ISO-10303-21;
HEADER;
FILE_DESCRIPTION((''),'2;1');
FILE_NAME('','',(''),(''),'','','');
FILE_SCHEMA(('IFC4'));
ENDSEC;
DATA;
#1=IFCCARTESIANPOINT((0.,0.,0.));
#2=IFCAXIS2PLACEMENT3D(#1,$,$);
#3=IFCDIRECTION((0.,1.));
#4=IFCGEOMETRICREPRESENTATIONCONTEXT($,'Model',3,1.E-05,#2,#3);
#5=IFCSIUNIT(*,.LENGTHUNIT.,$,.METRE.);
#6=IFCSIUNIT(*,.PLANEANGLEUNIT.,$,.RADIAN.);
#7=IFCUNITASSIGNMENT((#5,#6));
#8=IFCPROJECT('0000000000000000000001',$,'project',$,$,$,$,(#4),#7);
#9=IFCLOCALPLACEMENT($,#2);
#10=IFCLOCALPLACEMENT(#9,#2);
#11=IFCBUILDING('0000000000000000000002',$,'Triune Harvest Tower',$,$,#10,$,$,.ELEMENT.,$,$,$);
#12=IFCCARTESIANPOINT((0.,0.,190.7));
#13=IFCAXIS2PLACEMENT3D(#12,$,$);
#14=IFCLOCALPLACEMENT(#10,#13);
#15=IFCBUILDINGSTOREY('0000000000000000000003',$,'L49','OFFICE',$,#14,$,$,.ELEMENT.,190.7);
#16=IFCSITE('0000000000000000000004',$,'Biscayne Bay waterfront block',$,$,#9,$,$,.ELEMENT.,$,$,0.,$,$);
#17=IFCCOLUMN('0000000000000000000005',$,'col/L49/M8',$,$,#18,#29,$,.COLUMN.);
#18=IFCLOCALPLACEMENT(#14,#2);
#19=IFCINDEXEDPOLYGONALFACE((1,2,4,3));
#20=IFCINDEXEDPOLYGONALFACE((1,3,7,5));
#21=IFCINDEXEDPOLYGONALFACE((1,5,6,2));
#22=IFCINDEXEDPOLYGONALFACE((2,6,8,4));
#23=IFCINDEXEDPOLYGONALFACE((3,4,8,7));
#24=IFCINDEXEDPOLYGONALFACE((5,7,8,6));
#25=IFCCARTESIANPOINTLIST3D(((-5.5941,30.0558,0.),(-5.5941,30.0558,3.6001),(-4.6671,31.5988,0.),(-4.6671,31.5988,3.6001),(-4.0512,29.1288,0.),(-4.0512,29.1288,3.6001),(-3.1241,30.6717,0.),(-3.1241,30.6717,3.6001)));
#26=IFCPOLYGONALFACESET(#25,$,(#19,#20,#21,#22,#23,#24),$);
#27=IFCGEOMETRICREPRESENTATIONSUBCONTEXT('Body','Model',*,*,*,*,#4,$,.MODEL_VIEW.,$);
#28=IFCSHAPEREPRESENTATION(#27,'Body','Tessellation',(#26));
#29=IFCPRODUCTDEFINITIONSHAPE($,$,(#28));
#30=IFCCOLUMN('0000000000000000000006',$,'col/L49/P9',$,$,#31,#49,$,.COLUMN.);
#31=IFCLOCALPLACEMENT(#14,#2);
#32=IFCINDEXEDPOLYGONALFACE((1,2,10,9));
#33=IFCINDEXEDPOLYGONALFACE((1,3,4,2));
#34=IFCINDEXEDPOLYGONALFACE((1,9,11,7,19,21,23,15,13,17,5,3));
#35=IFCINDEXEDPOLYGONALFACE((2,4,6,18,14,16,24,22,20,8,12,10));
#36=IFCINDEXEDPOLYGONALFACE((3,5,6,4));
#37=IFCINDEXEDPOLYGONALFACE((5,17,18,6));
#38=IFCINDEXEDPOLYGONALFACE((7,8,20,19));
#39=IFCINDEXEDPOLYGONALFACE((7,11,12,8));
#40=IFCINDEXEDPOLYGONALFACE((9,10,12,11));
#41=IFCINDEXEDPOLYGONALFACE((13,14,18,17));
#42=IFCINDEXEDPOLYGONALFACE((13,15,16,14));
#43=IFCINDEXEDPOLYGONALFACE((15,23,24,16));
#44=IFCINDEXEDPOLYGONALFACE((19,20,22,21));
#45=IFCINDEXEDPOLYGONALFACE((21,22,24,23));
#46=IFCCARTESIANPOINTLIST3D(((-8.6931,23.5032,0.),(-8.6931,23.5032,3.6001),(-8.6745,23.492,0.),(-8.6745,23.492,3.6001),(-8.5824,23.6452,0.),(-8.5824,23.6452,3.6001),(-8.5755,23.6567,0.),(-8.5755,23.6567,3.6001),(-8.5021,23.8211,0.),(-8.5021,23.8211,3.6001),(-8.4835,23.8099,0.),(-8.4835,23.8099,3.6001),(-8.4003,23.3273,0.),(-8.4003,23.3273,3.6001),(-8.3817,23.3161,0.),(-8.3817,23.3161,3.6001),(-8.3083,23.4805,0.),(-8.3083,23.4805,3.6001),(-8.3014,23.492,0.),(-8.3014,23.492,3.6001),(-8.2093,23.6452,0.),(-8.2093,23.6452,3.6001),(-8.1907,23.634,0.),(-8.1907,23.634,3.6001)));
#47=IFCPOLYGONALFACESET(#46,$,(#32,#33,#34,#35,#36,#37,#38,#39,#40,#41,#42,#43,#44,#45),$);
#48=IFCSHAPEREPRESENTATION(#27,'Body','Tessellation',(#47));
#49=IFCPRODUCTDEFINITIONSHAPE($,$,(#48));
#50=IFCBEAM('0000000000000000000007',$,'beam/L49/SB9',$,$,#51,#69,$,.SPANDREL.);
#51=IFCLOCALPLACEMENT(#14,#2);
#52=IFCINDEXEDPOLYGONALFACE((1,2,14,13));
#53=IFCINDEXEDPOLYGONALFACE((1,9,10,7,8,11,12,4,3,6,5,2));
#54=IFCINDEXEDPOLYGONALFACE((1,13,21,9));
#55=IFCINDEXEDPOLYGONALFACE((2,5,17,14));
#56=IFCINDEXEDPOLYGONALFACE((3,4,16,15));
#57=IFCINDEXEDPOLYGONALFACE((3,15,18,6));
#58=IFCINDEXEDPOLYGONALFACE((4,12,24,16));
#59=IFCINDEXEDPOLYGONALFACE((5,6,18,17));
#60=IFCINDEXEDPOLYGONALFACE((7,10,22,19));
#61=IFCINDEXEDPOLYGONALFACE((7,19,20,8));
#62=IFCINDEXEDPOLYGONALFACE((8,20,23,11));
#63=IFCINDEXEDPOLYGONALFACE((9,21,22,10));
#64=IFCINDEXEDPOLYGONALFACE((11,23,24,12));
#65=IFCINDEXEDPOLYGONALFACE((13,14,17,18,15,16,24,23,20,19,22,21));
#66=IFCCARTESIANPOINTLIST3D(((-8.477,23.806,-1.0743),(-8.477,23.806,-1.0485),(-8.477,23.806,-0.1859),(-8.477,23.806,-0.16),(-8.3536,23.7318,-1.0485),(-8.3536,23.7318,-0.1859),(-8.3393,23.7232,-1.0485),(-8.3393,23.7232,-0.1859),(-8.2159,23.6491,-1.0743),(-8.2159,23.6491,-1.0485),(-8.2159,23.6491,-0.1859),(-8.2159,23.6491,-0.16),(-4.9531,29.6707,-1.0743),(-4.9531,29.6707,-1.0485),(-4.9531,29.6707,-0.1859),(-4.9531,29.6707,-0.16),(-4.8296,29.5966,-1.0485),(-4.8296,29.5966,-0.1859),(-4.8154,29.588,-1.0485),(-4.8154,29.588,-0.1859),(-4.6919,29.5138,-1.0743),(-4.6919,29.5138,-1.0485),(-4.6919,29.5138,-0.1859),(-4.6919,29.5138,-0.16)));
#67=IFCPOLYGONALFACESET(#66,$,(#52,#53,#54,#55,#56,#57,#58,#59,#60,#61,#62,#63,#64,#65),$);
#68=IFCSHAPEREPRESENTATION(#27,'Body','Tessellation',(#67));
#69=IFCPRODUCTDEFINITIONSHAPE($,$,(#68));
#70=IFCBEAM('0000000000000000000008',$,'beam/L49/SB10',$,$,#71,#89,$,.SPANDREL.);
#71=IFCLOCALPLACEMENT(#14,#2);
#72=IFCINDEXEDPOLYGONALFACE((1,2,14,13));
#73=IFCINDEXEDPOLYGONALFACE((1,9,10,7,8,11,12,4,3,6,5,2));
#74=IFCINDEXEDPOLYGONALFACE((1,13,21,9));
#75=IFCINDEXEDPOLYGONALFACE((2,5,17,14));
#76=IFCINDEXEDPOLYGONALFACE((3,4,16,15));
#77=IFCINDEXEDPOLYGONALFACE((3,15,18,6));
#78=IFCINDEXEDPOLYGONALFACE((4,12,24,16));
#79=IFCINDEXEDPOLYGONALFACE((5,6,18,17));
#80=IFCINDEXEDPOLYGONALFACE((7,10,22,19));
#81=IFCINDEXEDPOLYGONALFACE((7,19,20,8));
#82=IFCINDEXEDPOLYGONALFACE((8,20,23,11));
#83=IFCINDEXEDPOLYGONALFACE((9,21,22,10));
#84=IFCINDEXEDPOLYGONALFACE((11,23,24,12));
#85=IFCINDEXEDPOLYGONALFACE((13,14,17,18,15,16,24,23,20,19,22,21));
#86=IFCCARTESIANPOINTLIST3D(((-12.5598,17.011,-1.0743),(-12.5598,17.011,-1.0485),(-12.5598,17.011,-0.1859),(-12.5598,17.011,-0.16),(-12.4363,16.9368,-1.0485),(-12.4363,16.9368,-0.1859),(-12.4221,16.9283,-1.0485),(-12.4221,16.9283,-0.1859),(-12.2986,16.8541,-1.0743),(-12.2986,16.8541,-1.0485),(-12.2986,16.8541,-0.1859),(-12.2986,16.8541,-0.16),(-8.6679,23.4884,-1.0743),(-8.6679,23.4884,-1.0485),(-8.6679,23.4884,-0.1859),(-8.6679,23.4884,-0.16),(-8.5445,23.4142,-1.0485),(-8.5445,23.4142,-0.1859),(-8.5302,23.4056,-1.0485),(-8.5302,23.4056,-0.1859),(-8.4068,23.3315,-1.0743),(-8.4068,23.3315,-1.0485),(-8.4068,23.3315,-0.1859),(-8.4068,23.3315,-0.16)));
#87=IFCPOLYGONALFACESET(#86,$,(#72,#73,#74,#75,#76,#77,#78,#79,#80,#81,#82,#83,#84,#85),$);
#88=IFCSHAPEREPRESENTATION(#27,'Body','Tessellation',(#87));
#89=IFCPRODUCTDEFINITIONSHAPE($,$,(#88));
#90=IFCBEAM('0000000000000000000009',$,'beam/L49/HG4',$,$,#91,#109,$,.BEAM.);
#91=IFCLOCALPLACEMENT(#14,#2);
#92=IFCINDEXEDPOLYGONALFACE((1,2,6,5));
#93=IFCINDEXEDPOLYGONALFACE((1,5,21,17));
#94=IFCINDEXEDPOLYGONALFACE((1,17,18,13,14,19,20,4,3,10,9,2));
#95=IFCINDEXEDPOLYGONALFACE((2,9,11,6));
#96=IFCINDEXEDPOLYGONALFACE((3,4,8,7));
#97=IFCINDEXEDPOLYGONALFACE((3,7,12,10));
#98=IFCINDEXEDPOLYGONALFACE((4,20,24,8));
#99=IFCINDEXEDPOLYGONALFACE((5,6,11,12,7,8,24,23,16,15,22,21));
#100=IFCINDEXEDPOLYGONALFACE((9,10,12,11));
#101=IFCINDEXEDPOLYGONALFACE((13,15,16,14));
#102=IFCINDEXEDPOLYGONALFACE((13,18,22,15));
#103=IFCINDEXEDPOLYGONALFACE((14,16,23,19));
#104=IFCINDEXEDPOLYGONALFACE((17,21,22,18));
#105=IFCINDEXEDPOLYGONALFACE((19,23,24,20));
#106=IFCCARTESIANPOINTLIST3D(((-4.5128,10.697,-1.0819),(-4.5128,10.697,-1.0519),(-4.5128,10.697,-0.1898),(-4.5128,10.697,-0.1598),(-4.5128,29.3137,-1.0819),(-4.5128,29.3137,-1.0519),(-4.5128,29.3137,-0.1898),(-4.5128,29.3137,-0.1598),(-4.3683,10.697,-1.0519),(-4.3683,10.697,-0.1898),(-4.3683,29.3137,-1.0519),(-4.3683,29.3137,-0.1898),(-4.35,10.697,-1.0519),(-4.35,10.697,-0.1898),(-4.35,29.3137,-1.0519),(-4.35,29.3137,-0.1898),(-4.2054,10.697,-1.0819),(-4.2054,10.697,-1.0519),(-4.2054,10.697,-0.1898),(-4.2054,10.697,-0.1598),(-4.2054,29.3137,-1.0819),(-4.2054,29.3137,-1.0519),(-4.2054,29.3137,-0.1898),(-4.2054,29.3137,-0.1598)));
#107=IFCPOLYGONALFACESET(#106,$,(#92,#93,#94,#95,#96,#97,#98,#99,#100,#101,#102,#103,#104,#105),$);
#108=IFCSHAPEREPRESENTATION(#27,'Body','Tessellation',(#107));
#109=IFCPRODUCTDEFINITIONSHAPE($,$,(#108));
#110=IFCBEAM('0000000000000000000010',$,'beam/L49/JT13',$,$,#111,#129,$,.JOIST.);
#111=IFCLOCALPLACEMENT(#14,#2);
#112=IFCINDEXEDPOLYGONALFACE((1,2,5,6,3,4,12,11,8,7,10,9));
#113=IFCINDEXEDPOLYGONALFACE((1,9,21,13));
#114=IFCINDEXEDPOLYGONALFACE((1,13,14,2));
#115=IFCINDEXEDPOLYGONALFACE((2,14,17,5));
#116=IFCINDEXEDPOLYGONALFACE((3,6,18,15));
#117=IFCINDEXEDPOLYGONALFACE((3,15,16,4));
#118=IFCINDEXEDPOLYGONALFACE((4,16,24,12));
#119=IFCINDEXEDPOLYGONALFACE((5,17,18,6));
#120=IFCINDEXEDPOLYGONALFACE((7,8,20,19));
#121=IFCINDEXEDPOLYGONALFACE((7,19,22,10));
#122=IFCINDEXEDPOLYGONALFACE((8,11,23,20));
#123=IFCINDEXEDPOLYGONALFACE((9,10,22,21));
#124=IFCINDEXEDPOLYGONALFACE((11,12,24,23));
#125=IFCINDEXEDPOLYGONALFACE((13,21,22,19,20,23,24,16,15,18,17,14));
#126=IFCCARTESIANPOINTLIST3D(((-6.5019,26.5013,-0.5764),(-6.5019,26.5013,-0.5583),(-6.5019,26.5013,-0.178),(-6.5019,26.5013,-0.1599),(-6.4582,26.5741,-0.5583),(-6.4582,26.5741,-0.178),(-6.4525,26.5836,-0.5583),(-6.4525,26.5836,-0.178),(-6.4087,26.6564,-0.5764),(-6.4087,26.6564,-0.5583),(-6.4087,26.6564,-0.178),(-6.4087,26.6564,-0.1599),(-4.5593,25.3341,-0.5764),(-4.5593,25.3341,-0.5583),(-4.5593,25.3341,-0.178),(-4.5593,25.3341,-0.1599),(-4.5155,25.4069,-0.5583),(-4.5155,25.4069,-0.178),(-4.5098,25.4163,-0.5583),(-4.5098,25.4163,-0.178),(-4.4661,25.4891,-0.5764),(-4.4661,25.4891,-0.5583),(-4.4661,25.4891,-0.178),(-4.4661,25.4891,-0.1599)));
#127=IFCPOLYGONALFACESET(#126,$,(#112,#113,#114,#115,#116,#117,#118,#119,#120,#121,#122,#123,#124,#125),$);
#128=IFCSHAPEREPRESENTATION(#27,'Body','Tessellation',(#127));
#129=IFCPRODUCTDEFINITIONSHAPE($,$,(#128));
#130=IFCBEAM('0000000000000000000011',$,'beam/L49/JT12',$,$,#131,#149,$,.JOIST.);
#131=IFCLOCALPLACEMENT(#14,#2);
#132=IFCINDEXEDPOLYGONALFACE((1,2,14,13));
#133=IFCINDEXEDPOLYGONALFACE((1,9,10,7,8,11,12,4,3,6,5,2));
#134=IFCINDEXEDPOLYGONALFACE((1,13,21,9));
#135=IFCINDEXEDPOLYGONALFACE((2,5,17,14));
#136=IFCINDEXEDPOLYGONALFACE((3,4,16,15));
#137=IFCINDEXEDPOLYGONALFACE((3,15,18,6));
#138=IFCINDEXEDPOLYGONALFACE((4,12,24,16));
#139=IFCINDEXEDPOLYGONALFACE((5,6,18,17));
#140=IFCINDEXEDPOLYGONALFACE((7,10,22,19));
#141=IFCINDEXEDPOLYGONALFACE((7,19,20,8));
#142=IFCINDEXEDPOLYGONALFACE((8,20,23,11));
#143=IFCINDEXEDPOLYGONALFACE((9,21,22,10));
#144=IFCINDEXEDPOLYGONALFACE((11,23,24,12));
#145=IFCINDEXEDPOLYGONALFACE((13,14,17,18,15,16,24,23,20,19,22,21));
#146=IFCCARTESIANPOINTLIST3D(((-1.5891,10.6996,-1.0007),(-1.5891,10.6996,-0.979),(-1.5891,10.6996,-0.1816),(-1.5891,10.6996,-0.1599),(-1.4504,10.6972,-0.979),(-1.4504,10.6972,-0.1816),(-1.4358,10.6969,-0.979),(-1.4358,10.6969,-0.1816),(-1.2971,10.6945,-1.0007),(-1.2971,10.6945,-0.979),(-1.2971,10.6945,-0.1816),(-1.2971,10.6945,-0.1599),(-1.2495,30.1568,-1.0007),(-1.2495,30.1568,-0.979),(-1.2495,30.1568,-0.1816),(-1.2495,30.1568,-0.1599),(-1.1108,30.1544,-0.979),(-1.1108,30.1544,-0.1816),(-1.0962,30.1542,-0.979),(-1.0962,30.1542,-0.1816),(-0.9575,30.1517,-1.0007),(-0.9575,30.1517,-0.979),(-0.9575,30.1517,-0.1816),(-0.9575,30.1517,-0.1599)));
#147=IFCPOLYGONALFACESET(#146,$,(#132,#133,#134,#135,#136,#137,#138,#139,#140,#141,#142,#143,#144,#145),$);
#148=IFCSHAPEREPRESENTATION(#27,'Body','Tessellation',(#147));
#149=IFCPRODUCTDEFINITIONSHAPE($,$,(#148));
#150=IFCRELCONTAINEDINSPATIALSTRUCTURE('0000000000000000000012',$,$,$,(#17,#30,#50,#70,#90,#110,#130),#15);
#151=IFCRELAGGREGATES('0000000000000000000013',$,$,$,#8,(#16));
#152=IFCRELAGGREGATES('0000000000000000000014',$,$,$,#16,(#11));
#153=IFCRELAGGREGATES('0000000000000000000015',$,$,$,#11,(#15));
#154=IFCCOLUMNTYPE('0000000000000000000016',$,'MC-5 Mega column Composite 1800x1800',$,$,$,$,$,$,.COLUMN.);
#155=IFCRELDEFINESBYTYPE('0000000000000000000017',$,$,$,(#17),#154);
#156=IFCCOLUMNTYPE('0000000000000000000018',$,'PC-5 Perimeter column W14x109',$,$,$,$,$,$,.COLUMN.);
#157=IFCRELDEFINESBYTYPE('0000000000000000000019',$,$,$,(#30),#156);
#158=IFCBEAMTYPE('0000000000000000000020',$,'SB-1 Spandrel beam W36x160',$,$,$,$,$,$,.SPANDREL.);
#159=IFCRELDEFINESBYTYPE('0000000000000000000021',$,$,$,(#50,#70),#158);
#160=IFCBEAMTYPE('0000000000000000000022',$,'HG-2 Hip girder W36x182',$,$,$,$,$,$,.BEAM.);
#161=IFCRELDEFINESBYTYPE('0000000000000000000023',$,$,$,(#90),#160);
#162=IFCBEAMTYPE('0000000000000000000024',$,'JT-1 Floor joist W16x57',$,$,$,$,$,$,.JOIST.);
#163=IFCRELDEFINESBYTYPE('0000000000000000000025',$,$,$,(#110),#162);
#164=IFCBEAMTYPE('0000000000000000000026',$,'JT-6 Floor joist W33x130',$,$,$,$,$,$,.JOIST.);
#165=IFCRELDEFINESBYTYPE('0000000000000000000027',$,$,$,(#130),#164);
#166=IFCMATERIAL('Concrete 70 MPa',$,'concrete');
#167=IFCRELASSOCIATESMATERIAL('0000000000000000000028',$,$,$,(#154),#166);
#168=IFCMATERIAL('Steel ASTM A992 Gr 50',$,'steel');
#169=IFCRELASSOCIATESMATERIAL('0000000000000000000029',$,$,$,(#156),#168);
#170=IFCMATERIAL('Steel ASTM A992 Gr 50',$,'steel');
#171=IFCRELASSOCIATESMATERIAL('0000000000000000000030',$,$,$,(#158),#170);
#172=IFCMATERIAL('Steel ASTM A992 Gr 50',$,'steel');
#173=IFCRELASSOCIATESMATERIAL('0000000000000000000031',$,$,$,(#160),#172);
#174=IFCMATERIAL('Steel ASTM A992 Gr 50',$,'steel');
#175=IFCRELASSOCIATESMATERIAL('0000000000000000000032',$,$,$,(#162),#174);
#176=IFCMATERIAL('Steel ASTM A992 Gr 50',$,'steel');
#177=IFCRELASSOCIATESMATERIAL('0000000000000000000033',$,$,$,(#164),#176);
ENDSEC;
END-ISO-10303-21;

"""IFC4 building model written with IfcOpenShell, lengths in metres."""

from ifc_helpers import new_model, si_unit, direction, frame, origin, origin_2d, place, context, subcontext, project, spatial, rectangle, i_section, extrude, source, transform, mapped, material, material_profile, profile_set, type_object, element, save


model = new_model("IFC4")

# Units and contexts
model_context = context("Model", 3, precision=1e-05, world=origin(), true_north=direction((0.0, 1.0)))
body_context = subcontext(model_context, "Body", "Model", "MODEL_VIEW")
ifc_project = project(units=[si_unit("LENGTHUNIT", "METRE"), si_unit("PLANEANGLEUNIT", "RADIAN")], contexts=[model_context])

# Site, building, storey
site_placement = place(None, origin())
site = spatial("IfcSite", under=ifc_project, at=site_placement, Name="Biscayne Bay waterfront block", CompositionType="ELEMENT", RefElevation=0.0)
building_placement = place(site_placement, origin())
building = spatial("IfcBuilding", under=site, at=building_placement, Name="Triune Harvest Tower", CompositionType="ELEMENT")
storey_placement = place(building_placement, frame((0.0, 0.0, 190.7)))
storey = spatial("IfcBuildingStorey", under=building, at=storey_placement, Name="L49", Description="OFFICE", CompositionType="ELEMENT", Elevation=190.7)

# Columns
ifc_material_1 = material(Name="Concrete 70 MPa", Category="concrete")
ifc_material_profile_1 = material_profile(ifc_material_1, rectangle(XDim=1.8, YDim=1.8, at=origin_2d()), Name="Composite 1800x1800")
ifc_profile_set_1 = profile_set([ifc_material_profile_1], Name="Concrete 70 MPa")
column_type_1 = type_object("IfcColumnType", Name="MC-5 Mega column Composite 1800x1800", PredefinedType="COLUMN", material=ifc_profile_set_1)
shared_shape_1 = source(origin(), body_context, "Body", "SweptSolid", [
    extrude(rectangle(XDim=1.8, YDim=1.8, at=origin_2d()), origin(), (0.0, 0.0, 1.0), 3.6001),
])
column_1_placement = place(storey_placement, frame((-4.3591, 30.3638, 0.0), z_axis=(0.0, 0.0, 1.0), x_axis=(-0.515037, -0.857168, 0.0)))
element("IfcColumn", 1, at=column_1_placement, inside=storey, type_object=column_type_1, Name="col/L49/M8", PredefinedType="COLUMN", context=body_context, shape_type="MappedRepresentation", body=[
    mapped(shared_shape_1, transform((0.0, 0.0, 0.0), scale=1.0)),
])
ifc_material_2 = material(Name="Steel ASTM A992 Gr 50", Category="steel")
ifc_material_profile_2 = material_profile(ifc_material_2, i_section(OverallWidth=0.3708, OverallDepth=0.3633, WebThickness=0.0134, FlangeThickness=0.0217, at=origin_2d()), Name="W14x109")
ifc_profile_set_2 = profile_set([ifc_material_profile_2], Name="Steel ASTM A992 Gr 50")
column_type_2 = type_object("IfcColumnType", Name="PC-5 Perimeter column W14x109", PredefinedType="COLUMN", material=ifc_profile_set_2)
shared_shape_2 = source(origin(), body_context, "Body", "SweptSolid", [
    extrude(i_section(OverallWidth=0.3708, OverallDepth=0.3633, WebThickness=0.0134, FlangeThickness=0.0217, at=origin_2d()), origin(), (0.0, 0.0, 1.0), 3.6001),
])
column_2_placement = place(storey_placement, frame((-8.4419, 23.5686, 0.0), z_axis=(0.0, 0.0, 1.0), x_axis=(-0.515037, -0.857168, 0.0)))
element("IfcColumn", 2, at=column_2_placement, inside=storey, type_object=column_type_2, Name="col/L49/P9", PredefinedType="COLUMN", context=body_context, shape_type="MappedRepresentation", body=[
    mapped(shared_shape_2, transform((0.0, 0.0, 0.0), scale=1.0)),
])

# Beams
ifc_material_3 = material(Name="Steel ASTM A992 Gr 50", Category="steel")
ifc_material_profile_3 = material_profile(ifc_material_3, i_section(OverallWidth=0.3047, OverallDepth=0.9143, WebThickness=0.0166, FlangeThickness=0.0259, at=origin_2d()), Name="W36x160")
ifc_profile_set_3 = profile_set([ifc_material_profile_3], Name="Steel ASTM A992 Gr 50")
beam_type_1 = type_object("IfcBeamType", Name="SB-1 Spandrel beam W36x160", PredefinedType="SPANDREL", material=ifc_profile_set_3)
shared_shape_3 = source(origin(), body_context, "Body", "SweptSolid", [
    extrude(i_section(OverallWidth=0.3047, OverallDepth=0.9143, WebThickness=0.0166, FlangeThickness=0.0259, at=origin_2d()), origin(), (0.0, 0.0, 1.0), 6.842),
])
beam_1_placement = place(storey_placement, frame((-4.8225, 29.5923, -0.6172), z_axis=(-0.515041, -0.857165, 0.0), x_axis=(0.857165, -0.515041, 0.0)))
element("IfcBeam", 3, at=beam_1_placement, inside=storey, type_object=beam_type_1, Name="beam/L49/SB9", PredefinedType="SPANDREL", context=body_context, shape_type="MappedRepresentation", body=[
    mapped(shared_shape_3, transform((0.0, 0.0, 0.0), scale=1.0)),
])
shared_shape_4 = source(origin(), body_context, "Body", "SweptSolid", [
    extrude(i_section(OverallWidth=0.3047, OverallDepth=0.9143, WebThickness=0.0166, FlangeThickness=0.0259, at=origin_2d()), origin(), (0.0, 0.0, 1.0), 7.5566),
])
beam_2_placement = place(storey_placement, frame((-8.5374, 23.4099, -0.6172), z_axis=(-0.515028, -0.857173, 0.0), x_axis=(0.857173, -0.515028, 0.0)))
element("IfcBeam", 4, at=beam_2_placement, inside=storey, type_object=beam_type_1, Name="beam/L49/SB10", PredefinedType="SPANDREL", context=body_context, shape_type="MappedRepresentation", body=[
    mapped(shared_shape_4, transform((0.0, 0.0, 0.0), scale=1.0)),
])
ifc_material_4 = material(Name="Steel ASTM A992 Gr 50", Category="steel")
ifc_material_profile_4 = material_profile(ifc_material_4, i_section(OverallWidth=0.3074, OverallDepth=0.9221, WebThickness=0.0183, FlangeThickness=0.03, at=origin_2d()), Name="W36x182")
ifc_profile_set_4 = profile_set([ifc_material_profile_4], Name="Steel ASTM A992 Gr 50")
beam_type_2 = type_object("IfcBeamType", Name="HG-2 Hip girder W36x182", PredefinedType="BEAM", material=ifc_profile_set_4)
shared_shape_5 = source(origin(), body_context, "Body", "SweptSolid", [
    extrude(i_section(OverallWidth=0.3074, OverallDepth=0.9221, WebThickness=0.0183, FlangeThickness=0.03, at=origin_2d()), origin(), (0.0, 0.0, 1.0), 18.6167),
])
beam_3_placement = place(storey_placement, frame((-4.3591, 29.3137, -0.6208), z_axis=(0.0, -1.0, 0.0), x_axis=(1.0, 0.0, 0.0)))
element("IfcBeam", 5, at=beam_3_placement, inside=storey, type_object=beam_type_2, Name="beam/L49/HG4", PredefinedType="BEAM", context=body_context, shape_type="MappedRepresentation", body=[
    mapped(shared_shape_5, transform((0.0, 0.0, 0.0), scale=1.0)),
])
ifc_material_5 = material(Name="Steel ASTM A992 Gr 50", Category="steel")
ifc_material_profile_5 = material_profile(ifc_material_5, i_section(OverallWidth=0.1809, OverallDepth=0.4165, WebThickness=0.011, FlangeThickness=0.0181, at=origin_2d()), Name="W16x57")
ifc_profile_set_5 = profile_set([ifc_material_profile_5], Name="Steel ASTM A992 Gr 50")
beam_type_3 = type_object("IfcBeamType", Name="JT-1 Floor joist W16x57", PredefinedType="JOIST", material=ifc_profile_set_5)
shared_shape_6 = source(origin(), body_context, "Body", "SweptSolid", [
    extrude(i_section(OverallWidth=0.1809, OverallDepth=0.4165, WebThickness=0.011, FlangeThickness=0.0181, at=origin_2d()), origin(), (0.0, 0.0, 1.0), 2.2664),
])
beam_4_placement = place(storey_placement, frame((-6.4553, 26.5789, -0.3682), z_axis=(0.85717, -0.515034, 0.0), x_axis=(0.515034, 0.85717, 0.0)))
element("IfcBeam", 6, at=beam_4_placement, inside=storey, type_object=beam_type_3, Name="beam/L49/JT13", PredefinedType="JOIST", context=body_context, shape_type="MappedRepresentation", body=[
    mapped(shared_shape_6, transform((0.0, 0.0, 0.0), scale=1.0)),
])
ifc_material_6 = material(Name="Steel ASTM A992 Gr 50", Category="steel")
ifc_material_profile_6 = material_profile(ifc_material_6, i_section(OverallWidth=0.292, OverallDepth=0.8408, WebThickness=0.0146, FlangeThickness=0.0217, at=origin_2d()), Name="W33x130")
ifc_profile_set_6 = profile_set([ifc_material_profile_6], Name="Steel ASTM A992 Gr 50")
beam_type_4 = type_object("IfcBeamType", Name="JT-6 Floor joist W33x130", PredefinedType="JOIST", material=ifc_profile_set_6)
shared_shape_7 = source(origin(), body_context, "Body", "SweptSolid", [
    extrude(i_section(OverallWidth=0.292, OverallDepth=0.8408, WebThickness=0.0146, FlangeThickness=0.0217, at=origin_2d()), origin(), (0.0, 0.0, 1.0), 19.4602),
])
beam_5_placement = place(storey_placement, frame((-1.1035, 30.1543, -0.5803), z_axis=(-0.017451, -0.999848, 0.0), x_axis=(0.999848, -0.017451, 0.0)))
element("IfcBeam", 7, at=beam_5_placement, inside=storey, type_object=beam_type_4, Name="beam/L49/JT12", PredefinedType="JOIST", context=body_context, shape_type="MappedRepresentation", body=[
    mapped(shared_shape_7, transform((0.0, 0.0, 0.0), scale=1.0)),
])

save(model, "model.ifc")
